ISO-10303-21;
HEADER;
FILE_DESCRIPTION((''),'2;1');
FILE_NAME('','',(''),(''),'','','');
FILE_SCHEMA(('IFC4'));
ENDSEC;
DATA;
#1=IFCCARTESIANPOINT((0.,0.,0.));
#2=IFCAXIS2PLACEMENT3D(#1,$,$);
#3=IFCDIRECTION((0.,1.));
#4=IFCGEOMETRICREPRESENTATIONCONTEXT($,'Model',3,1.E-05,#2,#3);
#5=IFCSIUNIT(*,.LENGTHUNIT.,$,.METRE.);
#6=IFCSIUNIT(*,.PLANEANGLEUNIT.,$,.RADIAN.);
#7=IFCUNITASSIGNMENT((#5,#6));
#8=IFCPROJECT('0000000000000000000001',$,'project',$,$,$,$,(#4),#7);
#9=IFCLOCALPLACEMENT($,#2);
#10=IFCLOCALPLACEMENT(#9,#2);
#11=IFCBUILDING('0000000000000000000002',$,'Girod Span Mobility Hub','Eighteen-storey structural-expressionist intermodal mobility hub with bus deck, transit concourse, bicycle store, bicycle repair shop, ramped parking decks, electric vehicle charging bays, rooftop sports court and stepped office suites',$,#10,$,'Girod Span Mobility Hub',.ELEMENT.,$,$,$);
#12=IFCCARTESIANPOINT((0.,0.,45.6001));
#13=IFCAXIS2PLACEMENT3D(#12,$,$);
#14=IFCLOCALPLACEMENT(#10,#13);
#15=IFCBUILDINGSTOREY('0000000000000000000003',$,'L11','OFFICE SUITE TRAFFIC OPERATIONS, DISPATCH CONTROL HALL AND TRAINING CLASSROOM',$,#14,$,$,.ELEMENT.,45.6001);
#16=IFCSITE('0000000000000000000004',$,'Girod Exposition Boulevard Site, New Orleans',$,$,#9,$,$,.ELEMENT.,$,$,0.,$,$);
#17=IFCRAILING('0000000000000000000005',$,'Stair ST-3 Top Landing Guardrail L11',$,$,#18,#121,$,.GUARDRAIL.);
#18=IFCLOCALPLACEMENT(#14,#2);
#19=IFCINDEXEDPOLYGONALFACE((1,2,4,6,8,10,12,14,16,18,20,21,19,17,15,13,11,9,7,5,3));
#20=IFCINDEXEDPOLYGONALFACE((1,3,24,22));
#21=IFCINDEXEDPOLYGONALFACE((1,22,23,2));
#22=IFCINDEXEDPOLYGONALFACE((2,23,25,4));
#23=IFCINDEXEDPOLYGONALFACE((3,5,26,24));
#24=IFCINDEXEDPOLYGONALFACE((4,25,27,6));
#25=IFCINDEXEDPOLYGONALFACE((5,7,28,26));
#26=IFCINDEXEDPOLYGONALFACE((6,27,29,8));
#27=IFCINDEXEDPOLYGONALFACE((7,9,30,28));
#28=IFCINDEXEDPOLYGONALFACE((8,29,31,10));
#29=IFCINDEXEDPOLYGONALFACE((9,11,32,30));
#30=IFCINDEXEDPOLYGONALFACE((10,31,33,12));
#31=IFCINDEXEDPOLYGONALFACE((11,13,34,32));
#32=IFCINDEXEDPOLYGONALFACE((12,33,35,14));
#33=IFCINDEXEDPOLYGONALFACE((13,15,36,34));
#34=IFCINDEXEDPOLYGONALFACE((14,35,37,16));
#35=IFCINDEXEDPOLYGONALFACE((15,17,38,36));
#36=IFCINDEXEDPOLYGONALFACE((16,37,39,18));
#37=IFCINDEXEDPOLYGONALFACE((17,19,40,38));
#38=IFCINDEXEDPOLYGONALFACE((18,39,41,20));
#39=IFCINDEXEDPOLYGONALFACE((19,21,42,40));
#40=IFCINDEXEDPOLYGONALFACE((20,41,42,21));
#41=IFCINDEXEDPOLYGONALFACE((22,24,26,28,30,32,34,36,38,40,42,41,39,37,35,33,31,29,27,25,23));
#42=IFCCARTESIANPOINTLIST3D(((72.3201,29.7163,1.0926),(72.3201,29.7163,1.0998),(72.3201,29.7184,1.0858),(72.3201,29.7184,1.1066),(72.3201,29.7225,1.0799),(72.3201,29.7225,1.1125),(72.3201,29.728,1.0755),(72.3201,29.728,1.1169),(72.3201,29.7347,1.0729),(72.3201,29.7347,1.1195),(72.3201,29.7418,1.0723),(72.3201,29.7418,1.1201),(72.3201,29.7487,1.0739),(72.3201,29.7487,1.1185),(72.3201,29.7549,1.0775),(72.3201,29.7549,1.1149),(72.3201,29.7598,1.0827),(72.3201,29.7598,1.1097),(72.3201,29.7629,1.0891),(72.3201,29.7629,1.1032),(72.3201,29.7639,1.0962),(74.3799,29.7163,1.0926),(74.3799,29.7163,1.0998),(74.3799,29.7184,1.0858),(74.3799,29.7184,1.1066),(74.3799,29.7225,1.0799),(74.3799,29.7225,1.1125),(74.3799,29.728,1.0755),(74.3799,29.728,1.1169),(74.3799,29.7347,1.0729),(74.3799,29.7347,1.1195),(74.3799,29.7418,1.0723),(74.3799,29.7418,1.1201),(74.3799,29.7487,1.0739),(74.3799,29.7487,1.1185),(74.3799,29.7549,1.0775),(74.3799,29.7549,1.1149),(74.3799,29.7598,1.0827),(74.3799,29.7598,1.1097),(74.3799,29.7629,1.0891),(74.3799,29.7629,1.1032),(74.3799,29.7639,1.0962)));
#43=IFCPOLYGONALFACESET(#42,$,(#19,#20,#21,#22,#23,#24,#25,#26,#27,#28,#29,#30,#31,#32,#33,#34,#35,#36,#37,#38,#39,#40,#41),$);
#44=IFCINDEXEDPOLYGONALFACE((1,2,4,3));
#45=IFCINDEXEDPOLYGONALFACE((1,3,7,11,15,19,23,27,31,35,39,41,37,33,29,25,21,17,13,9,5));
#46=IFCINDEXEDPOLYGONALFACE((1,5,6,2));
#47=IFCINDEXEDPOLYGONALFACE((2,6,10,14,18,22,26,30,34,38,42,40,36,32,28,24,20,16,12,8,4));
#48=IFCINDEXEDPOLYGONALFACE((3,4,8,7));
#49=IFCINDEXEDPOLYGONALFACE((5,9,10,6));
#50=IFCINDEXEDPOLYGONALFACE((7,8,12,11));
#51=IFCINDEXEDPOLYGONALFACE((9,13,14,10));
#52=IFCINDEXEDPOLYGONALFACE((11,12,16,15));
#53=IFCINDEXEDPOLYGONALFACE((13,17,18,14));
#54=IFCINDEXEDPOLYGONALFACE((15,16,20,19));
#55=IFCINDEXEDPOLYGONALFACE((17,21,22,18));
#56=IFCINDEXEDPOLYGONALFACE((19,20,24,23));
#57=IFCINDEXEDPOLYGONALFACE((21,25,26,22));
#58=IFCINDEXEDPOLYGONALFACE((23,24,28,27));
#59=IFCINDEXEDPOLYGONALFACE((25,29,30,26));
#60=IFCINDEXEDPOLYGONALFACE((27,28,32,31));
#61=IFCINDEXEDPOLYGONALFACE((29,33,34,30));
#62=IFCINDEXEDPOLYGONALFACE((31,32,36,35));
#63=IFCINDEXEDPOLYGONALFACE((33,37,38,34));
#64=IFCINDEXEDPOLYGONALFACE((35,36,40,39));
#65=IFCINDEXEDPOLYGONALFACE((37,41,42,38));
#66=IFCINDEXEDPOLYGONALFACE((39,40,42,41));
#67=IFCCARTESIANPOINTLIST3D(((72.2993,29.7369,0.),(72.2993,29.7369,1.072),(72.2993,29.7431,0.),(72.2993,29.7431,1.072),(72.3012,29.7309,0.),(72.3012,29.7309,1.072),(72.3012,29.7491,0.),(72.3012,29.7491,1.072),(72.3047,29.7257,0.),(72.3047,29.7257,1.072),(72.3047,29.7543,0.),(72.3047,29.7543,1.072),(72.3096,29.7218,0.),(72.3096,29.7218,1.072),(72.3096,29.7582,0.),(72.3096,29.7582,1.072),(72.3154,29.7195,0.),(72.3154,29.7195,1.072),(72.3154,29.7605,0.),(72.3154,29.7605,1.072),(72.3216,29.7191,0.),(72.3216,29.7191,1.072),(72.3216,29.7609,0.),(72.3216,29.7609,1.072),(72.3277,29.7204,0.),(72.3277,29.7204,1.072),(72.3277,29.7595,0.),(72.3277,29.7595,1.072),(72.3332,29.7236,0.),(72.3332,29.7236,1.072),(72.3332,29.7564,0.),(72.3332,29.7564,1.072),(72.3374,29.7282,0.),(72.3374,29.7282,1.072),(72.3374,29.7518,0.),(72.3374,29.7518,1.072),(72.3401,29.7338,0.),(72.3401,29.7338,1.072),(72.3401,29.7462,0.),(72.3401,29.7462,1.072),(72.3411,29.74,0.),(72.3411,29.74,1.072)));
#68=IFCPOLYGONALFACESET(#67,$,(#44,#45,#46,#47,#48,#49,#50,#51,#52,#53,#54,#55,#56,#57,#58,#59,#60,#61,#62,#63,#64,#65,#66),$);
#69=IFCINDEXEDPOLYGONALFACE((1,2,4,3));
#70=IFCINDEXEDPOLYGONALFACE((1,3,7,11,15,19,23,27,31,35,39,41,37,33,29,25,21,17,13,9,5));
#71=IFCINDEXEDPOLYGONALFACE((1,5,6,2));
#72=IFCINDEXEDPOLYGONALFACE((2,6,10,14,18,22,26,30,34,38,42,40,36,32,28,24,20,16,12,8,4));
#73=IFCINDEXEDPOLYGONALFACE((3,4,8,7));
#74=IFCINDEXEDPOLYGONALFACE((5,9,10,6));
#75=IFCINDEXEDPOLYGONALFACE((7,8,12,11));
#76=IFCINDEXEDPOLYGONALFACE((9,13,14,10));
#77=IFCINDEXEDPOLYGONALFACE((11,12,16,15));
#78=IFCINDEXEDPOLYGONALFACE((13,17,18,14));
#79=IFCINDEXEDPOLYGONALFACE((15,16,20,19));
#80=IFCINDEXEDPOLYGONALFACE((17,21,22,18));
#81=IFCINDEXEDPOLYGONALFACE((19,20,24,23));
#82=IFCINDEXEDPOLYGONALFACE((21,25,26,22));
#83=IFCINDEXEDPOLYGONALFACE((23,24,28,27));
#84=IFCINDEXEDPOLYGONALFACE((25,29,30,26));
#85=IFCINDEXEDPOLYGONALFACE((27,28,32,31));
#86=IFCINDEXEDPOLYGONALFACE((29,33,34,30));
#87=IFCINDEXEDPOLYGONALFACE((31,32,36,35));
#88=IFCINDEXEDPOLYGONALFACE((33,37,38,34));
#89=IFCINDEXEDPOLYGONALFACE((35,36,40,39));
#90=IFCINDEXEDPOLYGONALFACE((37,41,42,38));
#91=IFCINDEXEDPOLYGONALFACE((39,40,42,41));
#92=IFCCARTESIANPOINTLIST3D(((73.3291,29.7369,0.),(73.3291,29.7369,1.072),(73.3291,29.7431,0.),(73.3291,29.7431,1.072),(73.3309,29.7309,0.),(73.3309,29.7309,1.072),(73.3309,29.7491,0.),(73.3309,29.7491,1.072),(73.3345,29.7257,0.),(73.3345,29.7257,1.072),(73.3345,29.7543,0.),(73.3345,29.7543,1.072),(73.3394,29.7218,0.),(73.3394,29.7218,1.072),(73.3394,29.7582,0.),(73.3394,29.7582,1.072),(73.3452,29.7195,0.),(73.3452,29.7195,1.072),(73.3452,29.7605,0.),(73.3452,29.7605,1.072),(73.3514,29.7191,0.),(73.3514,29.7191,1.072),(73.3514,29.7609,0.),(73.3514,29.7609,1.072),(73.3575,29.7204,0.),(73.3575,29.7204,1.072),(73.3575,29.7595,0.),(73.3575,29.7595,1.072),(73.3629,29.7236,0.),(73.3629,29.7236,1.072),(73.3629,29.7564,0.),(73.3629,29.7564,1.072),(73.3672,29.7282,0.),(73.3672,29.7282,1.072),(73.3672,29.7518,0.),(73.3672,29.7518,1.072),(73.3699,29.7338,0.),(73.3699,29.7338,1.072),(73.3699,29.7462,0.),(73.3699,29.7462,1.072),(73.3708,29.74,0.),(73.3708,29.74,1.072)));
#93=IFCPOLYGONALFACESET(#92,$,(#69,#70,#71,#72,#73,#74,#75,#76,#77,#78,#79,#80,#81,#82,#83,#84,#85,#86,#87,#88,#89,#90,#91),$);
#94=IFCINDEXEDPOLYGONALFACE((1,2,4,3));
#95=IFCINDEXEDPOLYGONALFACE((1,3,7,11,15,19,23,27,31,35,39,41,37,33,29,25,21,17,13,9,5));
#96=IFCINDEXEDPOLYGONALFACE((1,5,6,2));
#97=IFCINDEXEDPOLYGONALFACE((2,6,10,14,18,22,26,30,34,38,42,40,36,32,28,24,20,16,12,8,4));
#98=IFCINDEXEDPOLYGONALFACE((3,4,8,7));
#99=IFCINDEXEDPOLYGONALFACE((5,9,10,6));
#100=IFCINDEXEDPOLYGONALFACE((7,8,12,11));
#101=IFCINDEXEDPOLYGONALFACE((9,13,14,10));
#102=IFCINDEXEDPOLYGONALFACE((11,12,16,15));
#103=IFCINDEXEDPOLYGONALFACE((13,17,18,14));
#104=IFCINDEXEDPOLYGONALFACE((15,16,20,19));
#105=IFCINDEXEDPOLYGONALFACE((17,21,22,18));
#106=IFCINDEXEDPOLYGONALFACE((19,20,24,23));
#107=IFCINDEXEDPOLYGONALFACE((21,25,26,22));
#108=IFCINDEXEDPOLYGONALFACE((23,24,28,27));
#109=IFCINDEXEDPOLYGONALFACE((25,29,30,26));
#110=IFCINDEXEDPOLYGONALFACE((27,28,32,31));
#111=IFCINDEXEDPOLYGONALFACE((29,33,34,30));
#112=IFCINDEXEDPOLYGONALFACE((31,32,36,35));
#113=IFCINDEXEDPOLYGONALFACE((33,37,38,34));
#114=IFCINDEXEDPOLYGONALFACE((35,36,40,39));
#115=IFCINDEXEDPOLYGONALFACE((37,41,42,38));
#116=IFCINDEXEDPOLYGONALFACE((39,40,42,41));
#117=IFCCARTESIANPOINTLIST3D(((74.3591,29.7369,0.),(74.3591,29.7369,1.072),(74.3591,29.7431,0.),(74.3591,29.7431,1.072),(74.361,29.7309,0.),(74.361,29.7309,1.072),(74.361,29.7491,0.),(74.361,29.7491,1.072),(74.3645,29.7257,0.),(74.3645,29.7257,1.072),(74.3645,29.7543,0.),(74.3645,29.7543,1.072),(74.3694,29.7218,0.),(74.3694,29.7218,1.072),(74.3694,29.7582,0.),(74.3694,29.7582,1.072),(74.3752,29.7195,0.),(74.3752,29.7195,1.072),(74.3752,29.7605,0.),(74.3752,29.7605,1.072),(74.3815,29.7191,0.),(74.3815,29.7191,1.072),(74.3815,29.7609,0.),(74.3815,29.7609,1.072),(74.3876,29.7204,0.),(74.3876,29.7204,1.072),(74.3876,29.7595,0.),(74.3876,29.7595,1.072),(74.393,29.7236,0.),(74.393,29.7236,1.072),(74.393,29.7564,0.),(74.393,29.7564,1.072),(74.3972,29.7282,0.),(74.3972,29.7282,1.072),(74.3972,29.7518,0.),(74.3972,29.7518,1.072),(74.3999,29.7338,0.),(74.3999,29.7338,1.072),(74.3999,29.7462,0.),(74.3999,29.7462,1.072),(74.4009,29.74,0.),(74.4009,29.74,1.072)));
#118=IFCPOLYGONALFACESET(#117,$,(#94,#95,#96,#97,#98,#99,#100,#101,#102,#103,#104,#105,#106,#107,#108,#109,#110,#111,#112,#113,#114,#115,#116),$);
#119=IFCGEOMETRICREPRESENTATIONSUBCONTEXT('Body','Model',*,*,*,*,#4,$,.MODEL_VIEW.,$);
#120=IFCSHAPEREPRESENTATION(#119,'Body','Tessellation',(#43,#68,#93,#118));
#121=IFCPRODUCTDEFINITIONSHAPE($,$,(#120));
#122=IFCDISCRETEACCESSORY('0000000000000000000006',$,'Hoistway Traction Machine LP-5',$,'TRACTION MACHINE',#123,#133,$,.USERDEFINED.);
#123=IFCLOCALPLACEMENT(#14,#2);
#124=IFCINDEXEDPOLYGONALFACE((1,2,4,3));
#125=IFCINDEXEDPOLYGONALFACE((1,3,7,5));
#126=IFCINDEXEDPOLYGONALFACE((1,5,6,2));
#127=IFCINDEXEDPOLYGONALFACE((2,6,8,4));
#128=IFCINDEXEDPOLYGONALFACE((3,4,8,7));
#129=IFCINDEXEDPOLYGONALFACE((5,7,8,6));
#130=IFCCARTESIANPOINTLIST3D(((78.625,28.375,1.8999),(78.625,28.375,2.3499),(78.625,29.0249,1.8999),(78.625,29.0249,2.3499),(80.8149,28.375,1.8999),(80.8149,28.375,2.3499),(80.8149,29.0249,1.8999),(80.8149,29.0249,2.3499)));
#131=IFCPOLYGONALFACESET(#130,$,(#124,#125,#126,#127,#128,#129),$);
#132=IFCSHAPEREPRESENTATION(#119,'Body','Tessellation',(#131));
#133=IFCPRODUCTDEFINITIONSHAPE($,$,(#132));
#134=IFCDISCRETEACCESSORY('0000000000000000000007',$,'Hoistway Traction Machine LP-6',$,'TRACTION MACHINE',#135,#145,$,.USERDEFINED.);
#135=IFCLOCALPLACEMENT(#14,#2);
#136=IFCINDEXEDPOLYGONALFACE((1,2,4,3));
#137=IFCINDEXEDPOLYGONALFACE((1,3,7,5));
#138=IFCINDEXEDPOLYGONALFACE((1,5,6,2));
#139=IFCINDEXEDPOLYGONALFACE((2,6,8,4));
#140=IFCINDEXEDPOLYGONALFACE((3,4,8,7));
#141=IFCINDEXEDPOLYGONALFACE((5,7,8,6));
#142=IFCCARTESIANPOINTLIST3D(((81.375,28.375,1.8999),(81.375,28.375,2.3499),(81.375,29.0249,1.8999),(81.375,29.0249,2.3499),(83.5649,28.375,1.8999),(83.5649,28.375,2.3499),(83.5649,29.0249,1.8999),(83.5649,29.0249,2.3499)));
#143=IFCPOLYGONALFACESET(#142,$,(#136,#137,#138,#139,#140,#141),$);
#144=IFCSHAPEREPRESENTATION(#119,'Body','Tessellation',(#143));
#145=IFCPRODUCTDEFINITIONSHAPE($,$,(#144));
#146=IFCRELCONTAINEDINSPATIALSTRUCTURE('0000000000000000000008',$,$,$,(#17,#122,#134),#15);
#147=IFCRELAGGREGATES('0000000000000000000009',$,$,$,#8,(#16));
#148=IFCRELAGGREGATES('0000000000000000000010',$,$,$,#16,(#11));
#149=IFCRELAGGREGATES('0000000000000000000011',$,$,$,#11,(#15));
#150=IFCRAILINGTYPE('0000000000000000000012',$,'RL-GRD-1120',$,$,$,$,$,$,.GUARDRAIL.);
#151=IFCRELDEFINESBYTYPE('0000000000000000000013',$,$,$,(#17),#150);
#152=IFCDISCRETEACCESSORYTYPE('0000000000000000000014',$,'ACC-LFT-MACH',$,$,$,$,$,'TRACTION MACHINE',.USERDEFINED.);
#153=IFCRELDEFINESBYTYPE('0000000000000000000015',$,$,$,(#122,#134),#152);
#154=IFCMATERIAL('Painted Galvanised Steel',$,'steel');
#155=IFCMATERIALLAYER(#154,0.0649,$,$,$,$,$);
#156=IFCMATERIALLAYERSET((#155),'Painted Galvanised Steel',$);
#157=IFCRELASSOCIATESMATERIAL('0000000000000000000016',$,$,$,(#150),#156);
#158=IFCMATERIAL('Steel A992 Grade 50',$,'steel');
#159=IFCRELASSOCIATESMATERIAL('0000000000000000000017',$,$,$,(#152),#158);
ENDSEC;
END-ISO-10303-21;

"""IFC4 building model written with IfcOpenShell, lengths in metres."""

from ifc_helpers import new_model, si_unit, direction, frame, origin, origin_2d, place, context, subcontext, project, spatial, rectangle, circle, extrude, material, layer, layer_set, type_object, element, save


model = new_model("IFC4")

# Units and contexts
model_context = context("Model", 3, precision=1e-05, world=origin(), true_north=direction((0.0, 1.0)))
body_context = subcontext(model_context, "Body", "Model", "MODEL_VIEW")
ifc_project = project(units=[si_unit("LENGTHUNIT", "METRE"), si_unit("PLANEANGLEUNIT", "RADIAN")], contexts=[model_context])

# Site, building, storey
site_placement = place(None, origin())
site = spatial("IfcSite", under=ifc_project, at=site_placement, Name="Girod Exposition Boulevard Site, New Orleans", CompositionType="ELEMENT", RefElevation=0.0)
building_placement = place(site_placement, origin())
building = spatial("IfcBuilding", under=site, at=building_placement, Name="Girod Span Mobility Hub", Description="Eighteen-storey structural-expressionist intermodal mobility hub with bus deck, transit concourse, bicycle store, bicycle repair shop, ramped parking decks, electric vehicle charging bays, rooftop sports court and stepped office suites", LongName="Girod Span Mobility Hub", CompositionType="ELEMENT")
storey_placement = place(building_placement, frame((0.0, 0.0, 45.6001)))
storey = spatial("IfcBuildingStorey", under=building, at=storey_placement, Name="L11", Description="OFFICE SUITE TRAFFIC OPERATIONS, DISPATCH CONTROL HALL AND TRAINING CLASSROOM", CompositionType="ELEMENT", Elevation=45.6001)

# Railing
ifc_material_1 = material(Name="Painted Galvanised Steel", Category="steel")
ifc_layer_1 = layer(ifc_material_1, 0.0649)
ifc_layer_set_1 = layer_set([ifc_layer_1], Name="Painted Galvanised Steel")
railing_type = type_object("IfcRailingType", Name="RL-GRD-1120", PredefinedType="GUARDRAIL", material=ifc_layer_set_1)
railing_placement = place(storey_placement, frame((72.3201, 29.74, 0.0)))
element("IfcRailing", 1, at=railing_placement, inside=storey, type_object=railing_type, Name="Stair ST-3 Top Landing Guardrail L11", PredefinedType="GUARDRAIL", context=body_context, shape_type="SweptSolid", body=[
    extrude(circle(Radius=0.0239, at=origin_2d()), frame((0.0, 0.0, 1.0962), z_axis=(1.0, 0.0, 0.0), x_axis=(0.0, 1.0, 0.0)), (0.0, 0.0, 1.0), 2.0598),
    extrude(circle(Radius=0.021, at=origin_2d()), origin(), (0.0, 0.0, 1.0), 1.072),
    extrude(circle(Radius=0.021, at=origin_2d()), frame((1.0298, 0.0, 0.0)), (0.0, 0.0, 1.0), 1.072),
    extrude(circle(Radius=0.021, at=origin_2d()), frame((2.0598, 0.0, 0.0)), (0.0, 0.0, 1.0), 1.072),
])

# Discrete accessories
ifc_material_2 = material(Name="Steel A992 Grade 50", Category="steel")
discrete_accessory_type = type_object("IfcDiscreteAccessoryType", Name="ACC-LFT-MACH", ElementType="TRACTION MACHINE", PredefinedType="USERDEFINED", material=ifc_material_2)
for number, where, z_axis, x_axis, name in (
    (2, (79.72, 28.7, 1.8999), (0.0, 0.0, 1.0), (1.0, 0.0, 0.0), "Hoistway Traction Machine LP-5"),
    (3, (82.47, 28.7, 1.8999), (0.0, 0.0, 1.0), (1.0, 0.0, 0.0), "Hoistway Traction Machine LP-6"),
):
    element("IfcDiscreteAccessory", number, at=place(storey_placement, frame(where, z_axis=z_axis, x_axis=x_axis)), inside=storey, type_object=discrete_accessory_type, Name=name, ObjectType="TRACTION MACHINE", PredefinedType="USERDEFINED", context=body_context, shape_type="SweptSolid", body=[
        extrude(rectangle(XDim=2.1899, YDim=0.6499, at=origin_2d()), origin(), (0.0, 0.0, 1.0), 0.45),
    ])

save(model, "model.ifc")
